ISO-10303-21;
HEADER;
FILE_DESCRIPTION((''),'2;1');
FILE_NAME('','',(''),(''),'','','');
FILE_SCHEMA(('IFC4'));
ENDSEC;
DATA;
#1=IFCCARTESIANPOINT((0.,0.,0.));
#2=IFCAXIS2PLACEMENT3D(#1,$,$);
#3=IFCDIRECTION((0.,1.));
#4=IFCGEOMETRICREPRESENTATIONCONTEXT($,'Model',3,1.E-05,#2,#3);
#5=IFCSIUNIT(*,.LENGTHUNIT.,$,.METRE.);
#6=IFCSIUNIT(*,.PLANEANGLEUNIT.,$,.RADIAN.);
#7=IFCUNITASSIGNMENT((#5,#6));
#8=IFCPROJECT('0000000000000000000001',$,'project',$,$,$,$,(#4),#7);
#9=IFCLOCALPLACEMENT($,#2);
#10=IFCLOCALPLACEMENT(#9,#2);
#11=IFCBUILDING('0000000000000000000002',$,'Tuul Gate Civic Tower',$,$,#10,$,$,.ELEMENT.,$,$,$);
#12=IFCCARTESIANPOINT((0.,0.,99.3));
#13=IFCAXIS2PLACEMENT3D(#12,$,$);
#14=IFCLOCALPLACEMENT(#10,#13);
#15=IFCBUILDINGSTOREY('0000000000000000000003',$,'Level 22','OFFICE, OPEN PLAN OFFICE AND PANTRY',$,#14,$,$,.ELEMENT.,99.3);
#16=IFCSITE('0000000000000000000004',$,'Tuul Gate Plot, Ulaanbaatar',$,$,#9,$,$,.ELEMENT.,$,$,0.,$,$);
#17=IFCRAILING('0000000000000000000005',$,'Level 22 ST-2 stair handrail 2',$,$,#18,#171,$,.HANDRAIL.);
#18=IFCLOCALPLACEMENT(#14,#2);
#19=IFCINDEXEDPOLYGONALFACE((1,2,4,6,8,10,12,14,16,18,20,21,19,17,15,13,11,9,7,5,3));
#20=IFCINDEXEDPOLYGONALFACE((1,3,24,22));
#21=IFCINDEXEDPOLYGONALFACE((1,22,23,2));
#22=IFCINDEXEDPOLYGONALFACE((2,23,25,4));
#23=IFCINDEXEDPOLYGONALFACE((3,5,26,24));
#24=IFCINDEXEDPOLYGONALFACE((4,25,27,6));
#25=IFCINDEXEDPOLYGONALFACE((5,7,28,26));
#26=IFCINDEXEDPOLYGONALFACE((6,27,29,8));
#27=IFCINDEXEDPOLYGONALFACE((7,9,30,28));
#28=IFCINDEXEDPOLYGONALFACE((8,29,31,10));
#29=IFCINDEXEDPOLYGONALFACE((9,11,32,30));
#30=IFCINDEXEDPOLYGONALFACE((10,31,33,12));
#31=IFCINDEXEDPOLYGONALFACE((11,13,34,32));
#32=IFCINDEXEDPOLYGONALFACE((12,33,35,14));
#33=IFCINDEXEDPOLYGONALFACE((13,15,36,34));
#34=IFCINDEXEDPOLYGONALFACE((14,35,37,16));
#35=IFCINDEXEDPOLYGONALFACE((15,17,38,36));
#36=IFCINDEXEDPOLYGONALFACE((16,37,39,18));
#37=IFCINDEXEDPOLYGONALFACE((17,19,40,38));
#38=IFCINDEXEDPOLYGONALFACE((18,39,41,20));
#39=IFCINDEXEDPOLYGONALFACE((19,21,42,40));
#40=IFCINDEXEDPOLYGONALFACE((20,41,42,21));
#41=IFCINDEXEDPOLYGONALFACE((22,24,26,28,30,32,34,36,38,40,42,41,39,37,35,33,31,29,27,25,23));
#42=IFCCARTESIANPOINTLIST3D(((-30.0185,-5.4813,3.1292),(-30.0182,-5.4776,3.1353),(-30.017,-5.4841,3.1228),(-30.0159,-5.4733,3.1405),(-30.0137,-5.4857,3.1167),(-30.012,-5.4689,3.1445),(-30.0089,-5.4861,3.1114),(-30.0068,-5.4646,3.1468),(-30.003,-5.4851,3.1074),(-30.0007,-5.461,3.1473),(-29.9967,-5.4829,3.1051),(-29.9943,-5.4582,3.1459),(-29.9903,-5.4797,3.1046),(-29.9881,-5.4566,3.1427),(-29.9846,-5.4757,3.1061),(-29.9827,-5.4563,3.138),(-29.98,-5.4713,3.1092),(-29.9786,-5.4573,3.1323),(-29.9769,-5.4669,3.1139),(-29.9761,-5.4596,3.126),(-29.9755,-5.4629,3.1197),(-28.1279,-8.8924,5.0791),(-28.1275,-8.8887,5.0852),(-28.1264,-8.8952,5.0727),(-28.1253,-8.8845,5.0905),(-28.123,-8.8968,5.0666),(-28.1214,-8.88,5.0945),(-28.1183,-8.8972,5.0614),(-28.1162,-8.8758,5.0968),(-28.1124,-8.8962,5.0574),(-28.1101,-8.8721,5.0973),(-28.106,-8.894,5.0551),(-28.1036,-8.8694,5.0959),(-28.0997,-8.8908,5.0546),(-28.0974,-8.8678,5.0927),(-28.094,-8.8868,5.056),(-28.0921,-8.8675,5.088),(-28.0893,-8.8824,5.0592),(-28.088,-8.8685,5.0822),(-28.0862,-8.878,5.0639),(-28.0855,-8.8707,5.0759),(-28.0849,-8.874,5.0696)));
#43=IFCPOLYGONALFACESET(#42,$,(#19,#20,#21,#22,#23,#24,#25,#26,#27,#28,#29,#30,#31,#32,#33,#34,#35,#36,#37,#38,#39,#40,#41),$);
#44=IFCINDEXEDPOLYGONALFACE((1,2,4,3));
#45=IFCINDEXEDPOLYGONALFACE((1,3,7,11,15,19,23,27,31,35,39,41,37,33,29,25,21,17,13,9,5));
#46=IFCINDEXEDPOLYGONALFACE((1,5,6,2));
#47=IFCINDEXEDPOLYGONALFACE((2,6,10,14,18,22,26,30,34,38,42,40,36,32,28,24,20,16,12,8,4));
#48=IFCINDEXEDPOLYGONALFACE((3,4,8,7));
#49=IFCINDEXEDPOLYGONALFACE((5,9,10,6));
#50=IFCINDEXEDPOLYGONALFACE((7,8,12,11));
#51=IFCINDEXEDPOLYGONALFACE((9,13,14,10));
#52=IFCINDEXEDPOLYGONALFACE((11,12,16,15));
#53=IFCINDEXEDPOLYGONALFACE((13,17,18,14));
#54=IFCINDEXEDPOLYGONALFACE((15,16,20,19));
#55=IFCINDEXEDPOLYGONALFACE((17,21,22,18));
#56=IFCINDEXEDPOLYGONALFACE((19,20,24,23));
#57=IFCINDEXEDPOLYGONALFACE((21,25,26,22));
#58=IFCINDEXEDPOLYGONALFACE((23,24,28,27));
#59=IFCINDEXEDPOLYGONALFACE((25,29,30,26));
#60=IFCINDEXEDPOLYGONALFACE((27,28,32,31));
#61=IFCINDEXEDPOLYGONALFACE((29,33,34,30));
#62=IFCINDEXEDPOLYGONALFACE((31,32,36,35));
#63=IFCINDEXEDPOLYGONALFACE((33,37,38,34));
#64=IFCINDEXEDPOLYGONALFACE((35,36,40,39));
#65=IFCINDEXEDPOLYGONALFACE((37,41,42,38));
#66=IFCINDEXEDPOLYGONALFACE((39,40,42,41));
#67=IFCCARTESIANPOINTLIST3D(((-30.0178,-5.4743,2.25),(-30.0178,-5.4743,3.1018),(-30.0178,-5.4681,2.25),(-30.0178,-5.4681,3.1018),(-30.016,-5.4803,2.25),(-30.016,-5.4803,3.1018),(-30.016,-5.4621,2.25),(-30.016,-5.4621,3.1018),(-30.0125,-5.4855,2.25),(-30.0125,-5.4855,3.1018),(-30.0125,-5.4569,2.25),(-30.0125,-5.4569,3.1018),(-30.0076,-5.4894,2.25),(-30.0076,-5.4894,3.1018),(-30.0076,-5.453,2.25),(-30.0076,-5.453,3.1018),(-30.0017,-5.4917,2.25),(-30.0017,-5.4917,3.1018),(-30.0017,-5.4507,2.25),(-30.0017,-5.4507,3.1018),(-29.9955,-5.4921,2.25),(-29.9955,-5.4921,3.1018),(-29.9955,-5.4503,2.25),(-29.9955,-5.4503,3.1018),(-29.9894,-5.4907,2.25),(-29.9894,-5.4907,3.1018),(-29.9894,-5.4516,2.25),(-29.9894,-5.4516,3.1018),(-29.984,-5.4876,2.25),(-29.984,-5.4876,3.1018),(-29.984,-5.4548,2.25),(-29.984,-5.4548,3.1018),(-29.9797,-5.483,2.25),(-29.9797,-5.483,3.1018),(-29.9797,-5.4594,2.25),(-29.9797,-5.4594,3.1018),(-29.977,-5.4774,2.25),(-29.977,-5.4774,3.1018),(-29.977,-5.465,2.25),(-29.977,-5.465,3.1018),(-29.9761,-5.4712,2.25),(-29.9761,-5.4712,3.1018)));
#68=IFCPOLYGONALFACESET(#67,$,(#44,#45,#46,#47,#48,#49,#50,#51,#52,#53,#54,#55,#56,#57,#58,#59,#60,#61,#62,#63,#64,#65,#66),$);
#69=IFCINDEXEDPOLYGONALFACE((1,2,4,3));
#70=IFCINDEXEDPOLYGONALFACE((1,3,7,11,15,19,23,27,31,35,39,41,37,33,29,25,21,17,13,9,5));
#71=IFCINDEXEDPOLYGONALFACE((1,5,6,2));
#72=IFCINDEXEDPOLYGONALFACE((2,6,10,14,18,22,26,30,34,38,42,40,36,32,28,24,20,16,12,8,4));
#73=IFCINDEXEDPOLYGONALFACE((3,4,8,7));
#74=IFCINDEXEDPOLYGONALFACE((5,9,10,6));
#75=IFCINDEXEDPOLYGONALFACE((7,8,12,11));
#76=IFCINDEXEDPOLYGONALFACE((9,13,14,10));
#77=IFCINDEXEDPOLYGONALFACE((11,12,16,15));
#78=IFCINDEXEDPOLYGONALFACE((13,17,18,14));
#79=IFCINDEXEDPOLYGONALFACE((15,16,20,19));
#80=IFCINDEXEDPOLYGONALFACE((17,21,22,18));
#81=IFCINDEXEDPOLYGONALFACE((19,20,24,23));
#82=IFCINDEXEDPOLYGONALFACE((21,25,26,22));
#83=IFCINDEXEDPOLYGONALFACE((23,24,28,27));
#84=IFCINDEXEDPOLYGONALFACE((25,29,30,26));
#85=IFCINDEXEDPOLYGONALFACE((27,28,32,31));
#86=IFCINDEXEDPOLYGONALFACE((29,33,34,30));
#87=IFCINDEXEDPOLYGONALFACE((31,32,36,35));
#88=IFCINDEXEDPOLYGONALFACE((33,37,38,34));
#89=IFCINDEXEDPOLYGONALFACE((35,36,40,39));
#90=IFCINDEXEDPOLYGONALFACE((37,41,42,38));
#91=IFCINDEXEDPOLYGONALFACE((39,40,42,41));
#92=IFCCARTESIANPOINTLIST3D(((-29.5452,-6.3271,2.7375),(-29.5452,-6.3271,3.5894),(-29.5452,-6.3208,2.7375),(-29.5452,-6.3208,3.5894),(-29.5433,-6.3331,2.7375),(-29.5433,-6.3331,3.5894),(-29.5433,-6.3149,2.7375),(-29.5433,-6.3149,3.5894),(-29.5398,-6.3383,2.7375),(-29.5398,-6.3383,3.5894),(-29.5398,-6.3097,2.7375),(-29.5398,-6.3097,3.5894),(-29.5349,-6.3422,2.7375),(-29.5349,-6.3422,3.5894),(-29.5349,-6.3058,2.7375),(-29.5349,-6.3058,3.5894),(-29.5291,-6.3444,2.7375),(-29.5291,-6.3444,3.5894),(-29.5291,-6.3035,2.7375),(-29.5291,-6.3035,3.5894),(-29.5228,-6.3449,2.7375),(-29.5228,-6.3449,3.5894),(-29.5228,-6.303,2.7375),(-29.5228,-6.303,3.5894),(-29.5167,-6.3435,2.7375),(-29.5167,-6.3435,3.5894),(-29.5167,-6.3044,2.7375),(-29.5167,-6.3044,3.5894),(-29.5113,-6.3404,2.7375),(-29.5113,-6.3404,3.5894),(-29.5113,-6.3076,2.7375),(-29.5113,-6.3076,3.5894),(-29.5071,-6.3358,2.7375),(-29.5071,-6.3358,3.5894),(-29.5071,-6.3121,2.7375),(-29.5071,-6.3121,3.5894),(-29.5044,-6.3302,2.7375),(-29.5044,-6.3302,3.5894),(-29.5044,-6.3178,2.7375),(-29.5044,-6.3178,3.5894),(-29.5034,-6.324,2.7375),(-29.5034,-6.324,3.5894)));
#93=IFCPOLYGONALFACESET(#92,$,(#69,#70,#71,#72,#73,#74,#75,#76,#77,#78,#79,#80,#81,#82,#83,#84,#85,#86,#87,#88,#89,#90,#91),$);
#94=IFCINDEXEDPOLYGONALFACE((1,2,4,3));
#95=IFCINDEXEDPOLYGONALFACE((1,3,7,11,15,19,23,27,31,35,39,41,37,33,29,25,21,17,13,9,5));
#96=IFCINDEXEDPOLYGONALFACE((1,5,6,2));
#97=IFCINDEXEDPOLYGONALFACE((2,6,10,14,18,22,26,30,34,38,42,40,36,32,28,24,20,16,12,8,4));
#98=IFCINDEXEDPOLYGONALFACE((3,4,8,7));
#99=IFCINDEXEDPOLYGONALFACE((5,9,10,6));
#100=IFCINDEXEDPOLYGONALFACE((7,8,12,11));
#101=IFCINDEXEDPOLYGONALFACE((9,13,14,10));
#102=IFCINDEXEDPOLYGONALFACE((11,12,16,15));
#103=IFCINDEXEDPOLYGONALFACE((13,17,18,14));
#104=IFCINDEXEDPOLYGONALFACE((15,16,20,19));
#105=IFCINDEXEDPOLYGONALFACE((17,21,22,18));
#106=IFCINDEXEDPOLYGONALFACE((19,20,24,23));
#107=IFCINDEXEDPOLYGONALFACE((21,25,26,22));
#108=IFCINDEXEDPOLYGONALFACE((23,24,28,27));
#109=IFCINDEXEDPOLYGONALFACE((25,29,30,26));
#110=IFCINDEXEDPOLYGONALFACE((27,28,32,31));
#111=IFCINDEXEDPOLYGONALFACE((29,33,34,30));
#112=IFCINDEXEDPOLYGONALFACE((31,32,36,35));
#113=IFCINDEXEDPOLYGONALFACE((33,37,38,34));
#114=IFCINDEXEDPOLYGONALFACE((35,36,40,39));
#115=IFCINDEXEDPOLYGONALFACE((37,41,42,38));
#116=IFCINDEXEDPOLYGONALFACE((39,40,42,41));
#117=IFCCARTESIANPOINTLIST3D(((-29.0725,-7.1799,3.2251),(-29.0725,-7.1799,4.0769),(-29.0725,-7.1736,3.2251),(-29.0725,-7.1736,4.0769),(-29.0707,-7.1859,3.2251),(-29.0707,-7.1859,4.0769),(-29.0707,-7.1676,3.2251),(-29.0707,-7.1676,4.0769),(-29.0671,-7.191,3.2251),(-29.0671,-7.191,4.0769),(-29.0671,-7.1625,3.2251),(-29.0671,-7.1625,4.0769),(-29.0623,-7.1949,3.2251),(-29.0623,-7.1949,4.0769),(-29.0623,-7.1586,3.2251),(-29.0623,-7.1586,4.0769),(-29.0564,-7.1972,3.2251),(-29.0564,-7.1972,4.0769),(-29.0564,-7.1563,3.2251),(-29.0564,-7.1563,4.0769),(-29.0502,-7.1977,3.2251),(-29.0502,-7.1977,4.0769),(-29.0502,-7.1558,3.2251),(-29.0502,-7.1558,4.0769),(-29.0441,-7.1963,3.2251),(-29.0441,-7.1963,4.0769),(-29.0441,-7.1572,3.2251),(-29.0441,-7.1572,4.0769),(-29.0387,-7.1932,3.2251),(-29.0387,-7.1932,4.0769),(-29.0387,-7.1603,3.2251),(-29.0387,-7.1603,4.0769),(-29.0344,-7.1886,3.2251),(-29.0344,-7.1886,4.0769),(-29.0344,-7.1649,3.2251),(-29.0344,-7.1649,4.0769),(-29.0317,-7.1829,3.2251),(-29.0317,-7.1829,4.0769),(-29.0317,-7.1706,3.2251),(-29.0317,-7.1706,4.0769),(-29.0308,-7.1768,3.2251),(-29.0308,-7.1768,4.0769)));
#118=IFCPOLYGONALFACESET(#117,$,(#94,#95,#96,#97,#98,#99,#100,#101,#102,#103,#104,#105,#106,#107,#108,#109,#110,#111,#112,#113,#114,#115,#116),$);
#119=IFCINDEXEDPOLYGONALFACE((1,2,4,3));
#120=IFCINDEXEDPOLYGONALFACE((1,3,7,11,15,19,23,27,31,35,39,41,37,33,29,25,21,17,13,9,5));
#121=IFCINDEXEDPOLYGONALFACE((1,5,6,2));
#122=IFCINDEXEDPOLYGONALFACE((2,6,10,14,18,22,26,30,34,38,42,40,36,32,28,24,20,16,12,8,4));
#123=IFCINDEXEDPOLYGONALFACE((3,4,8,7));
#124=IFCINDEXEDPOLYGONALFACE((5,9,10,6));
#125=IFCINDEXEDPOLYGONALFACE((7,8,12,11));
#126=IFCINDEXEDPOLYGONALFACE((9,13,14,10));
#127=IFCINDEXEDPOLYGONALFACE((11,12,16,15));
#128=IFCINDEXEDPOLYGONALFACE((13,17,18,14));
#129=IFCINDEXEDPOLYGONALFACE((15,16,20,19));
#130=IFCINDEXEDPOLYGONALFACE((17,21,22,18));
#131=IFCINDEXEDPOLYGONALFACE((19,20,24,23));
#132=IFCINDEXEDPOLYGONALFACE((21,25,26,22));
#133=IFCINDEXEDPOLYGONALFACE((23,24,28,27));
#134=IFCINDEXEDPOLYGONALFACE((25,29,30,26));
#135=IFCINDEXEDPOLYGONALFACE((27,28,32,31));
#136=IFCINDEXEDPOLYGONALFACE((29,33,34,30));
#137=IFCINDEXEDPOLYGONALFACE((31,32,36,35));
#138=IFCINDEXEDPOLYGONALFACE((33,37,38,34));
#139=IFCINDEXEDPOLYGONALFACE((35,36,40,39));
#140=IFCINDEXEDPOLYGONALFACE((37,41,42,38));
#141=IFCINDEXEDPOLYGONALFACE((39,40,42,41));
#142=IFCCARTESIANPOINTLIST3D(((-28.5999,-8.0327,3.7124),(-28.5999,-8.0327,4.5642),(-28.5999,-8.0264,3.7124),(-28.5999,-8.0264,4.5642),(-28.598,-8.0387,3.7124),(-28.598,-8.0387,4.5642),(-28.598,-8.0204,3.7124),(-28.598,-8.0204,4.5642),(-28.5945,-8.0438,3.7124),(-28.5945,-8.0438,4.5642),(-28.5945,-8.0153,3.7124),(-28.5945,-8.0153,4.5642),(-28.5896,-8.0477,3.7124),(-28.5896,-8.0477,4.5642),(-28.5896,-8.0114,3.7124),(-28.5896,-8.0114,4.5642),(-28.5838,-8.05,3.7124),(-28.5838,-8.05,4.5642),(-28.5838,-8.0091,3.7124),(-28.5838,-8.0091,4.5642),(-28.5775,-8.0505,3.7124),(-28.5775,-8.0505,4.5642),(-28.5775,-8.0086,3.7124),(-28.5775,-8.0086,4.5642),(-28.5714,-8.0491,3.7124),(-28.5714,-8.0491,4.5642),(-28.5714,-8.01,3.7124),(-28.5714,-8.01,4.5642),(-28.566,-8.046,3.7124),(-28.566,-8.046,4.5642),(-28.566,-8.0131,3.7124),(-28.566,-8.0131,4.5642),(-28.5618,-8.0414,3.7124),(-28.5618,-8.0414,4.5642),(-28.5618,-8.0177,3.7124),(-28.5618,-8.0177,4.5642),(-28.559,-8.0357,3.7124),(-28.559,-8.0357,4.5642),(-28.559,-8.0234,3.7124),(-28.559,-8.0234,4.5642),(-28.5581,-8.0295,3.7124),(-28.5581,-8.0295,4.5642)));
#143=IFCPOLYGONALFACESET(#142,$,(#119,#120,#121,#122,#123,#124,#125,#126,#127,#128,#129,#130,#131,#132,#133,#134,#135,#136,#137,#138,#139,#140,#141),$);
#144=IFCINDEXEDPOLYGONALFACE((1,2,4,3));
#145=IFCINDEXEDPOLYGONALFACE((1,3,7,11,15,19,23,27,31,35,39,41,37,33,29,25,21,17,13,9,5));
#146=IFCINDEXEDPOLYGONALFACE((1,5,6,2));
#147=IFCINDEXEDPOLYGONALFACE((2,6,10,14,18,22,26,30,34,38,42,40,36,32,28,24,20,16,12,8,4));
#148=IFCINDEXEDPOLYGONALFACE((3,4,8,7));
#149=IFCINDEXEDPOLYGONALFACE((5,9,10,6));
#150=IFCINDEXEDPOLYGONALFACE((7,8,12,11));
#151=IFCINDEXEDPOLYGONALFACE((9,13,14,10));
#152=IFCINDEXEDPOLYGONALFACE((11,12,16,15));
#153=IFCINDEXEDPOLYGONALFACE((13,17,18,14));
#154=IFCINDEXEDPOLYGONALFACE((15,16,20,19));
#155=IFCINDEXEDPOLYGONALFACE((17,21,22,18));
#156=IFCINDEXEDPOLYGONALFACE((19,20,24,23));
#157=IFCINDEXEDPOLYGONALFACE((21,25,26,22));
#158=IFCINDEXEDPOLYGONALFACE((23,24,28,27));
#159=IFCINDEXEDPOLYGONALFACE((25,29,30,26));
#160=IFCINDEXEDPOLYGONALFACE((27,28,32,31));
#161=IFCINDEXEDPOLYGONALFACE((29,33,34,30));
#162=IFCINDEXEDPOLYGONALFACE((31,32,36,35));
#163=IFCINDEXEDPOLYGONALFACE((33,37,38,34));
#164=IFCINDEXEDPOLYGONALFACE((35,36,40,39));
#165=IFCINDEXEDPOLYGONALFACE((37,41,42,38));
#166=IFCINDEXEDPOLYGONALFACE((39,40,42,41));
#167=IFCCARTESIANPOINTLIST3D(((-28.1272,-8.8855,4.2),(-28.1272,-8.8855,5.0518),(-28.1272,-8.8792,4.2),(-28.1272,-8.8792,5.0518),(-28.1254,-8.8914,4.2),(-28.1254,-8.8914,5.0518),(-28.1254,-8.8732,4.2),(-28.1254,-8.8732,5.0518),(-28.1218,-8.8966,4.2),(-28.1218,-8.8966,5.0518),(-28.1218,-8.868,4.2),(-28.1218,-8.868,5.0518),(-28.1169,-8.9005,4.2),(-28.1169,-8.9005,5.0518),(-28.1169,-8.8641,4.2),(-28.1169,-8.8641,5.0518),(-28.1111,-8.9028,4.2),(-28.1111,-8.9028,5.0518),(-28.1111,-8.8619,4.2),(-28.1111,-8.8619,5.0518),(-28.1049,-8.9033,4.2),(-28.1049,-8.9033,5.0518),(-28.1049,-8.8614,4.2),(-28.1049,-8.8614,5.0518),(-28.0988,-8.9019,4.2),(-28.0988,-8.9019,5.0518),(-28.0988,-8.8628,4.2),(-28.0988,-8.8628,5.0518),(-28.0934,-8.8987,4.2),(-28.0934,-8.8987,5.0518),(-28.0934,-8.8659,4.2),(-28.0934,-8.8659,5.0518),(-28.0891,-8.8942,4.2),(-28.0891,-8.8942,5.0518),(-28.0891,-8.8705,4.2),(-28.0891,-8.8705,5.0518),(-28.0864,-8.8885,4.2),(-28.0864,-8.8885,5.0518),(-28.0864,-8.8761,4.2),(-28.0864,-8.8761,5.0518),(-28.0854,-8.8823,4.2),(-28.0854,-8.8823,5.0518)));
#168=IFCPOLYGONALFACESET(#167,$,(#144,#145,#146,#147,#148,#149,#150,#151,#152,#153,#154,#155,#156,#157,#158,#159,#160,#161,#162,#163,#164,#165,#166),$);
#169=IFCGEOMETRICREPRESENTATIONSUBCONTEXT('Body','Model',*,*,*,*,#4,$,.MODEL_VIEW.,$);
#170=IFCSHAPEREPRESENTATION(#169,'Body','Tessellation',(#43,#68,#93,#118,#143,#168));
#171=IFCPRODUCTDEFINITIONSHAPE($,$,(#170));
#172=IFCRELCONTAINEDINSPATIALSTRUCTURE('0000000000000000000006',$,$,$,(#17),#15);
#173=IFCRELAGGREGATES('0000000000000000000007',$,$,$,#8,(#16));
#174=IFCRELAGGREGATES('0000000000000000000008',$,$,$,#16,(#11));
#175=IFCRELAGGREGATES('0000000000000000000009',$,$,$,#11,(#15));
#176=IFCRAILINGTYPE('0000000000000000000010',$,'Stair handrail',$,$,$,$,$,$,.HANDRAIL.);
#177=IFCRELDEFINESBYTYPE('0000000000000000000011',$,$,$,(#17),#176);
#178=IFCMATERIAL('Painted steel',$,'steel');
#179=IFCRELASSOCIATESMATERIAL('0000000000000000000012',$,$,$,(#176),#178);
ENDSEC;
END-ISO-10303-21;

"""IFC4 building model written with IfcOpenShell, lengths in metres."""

from ifc_helpers import new_model, si_unit, direction, frame, origin, origin_2d, place, context, subcontext, project, spatial, circle, extrude, material, type_object, element, save


model = new_model("IFC4")

# Units and contexts
model_context = context("Model", 3, precision=1e-05, world=origin(), true_north=direction((0.0, 1.0)))
body_context = subcontext(model_context, "Body", "Model", "MODEL_VIEW")
ifc_project = project(units=[si_unit("LENGTHUNIT", "METRE"), si_unit("PLANEANGLEUNIT", "RADIAN")], contexts=[model_context])

# Site, building, storey
site_placement = place(None, origin())
site = spatial("IfcSite", under=ifc_project, at=site_placement, Name="Tuul Gate Plot, Ulaanbaatar", CompositionType="ELEMENT", RefElevation=0.0)
building_placement = place(site_placement, origin())
building = spatial("IfcBuilding", under=site, at=building_placement, Name="Tuul Gate Civic Tower", CompositionType="ELEMENT")
storey_placement = place(building_placement, frame((0.0, 0.0, 99.3)))
storey = spatial("IfcBuildingStorey", under=building, at=storey_placement, Name="Level 22", Description="OFFICE, OPEN PLAN OFFICE AND PANTRY", CompositionType="ELEMENT", Elevation=99.3)

# Railing
ifc_material_1 = material(Name="Painted steel", Category="steel")
railing_type_1 = type_object("IfcRailingType", Name="Stair handrail", PredefinedType="HANDRAIL", material=ifc_material_1)
railing_1_placement = place(storey_placement, frame((-29.9971, -5.4712, 2.25)))
element("IfcRailing", 1, at=railing_1_placement, inside=storey, type_object=railing_type_1, Name="Level 22 ST-2 stair handrail 2", PredefinedType="HANDRAIL", context=body_context, shape_type="SweptSolid", body=[
    extrude(circle(Radius=0.0239, at=origin_2d()), frame((0.0, 0.0, 0.876), z_axis=(0.433595, -0.782308, 0.447201), x_axis=(0.874641, 0.484771, 0.0)), (0.0, 0.0, 1.0), 4.3604),
    extrude(circle(Radius=0.021, at=origin_2d()), origin(), (0.0, 0.0, 1.0), 0.8518),
    extrude(circle(Radius=0.021, at=origin_2d()), frame((0.4727, -0.8528, 0.4875)), (0.0, 0.0, 1.0), 0.8518),
    extrude(circle(Radius=0.021, at=origin_2d()), frame((0.9453, -1.7056, 0.9751)), (0.0, 0.0, 1.0), 0.8518),
    extrude(circle(Radius=0.021, at=origin_2d()), frame((1.418, -2.5583, 1.4624)), (0.0, 0.0, 1.0), 0.8518),
    extrude(circle(Radius=0.021, at=origin_2d()), frame((1.8906, -3.4111, 1.95)), (0.0, 0.0, 1.0), 0.8518),
])

save(model, "model.ifc")
